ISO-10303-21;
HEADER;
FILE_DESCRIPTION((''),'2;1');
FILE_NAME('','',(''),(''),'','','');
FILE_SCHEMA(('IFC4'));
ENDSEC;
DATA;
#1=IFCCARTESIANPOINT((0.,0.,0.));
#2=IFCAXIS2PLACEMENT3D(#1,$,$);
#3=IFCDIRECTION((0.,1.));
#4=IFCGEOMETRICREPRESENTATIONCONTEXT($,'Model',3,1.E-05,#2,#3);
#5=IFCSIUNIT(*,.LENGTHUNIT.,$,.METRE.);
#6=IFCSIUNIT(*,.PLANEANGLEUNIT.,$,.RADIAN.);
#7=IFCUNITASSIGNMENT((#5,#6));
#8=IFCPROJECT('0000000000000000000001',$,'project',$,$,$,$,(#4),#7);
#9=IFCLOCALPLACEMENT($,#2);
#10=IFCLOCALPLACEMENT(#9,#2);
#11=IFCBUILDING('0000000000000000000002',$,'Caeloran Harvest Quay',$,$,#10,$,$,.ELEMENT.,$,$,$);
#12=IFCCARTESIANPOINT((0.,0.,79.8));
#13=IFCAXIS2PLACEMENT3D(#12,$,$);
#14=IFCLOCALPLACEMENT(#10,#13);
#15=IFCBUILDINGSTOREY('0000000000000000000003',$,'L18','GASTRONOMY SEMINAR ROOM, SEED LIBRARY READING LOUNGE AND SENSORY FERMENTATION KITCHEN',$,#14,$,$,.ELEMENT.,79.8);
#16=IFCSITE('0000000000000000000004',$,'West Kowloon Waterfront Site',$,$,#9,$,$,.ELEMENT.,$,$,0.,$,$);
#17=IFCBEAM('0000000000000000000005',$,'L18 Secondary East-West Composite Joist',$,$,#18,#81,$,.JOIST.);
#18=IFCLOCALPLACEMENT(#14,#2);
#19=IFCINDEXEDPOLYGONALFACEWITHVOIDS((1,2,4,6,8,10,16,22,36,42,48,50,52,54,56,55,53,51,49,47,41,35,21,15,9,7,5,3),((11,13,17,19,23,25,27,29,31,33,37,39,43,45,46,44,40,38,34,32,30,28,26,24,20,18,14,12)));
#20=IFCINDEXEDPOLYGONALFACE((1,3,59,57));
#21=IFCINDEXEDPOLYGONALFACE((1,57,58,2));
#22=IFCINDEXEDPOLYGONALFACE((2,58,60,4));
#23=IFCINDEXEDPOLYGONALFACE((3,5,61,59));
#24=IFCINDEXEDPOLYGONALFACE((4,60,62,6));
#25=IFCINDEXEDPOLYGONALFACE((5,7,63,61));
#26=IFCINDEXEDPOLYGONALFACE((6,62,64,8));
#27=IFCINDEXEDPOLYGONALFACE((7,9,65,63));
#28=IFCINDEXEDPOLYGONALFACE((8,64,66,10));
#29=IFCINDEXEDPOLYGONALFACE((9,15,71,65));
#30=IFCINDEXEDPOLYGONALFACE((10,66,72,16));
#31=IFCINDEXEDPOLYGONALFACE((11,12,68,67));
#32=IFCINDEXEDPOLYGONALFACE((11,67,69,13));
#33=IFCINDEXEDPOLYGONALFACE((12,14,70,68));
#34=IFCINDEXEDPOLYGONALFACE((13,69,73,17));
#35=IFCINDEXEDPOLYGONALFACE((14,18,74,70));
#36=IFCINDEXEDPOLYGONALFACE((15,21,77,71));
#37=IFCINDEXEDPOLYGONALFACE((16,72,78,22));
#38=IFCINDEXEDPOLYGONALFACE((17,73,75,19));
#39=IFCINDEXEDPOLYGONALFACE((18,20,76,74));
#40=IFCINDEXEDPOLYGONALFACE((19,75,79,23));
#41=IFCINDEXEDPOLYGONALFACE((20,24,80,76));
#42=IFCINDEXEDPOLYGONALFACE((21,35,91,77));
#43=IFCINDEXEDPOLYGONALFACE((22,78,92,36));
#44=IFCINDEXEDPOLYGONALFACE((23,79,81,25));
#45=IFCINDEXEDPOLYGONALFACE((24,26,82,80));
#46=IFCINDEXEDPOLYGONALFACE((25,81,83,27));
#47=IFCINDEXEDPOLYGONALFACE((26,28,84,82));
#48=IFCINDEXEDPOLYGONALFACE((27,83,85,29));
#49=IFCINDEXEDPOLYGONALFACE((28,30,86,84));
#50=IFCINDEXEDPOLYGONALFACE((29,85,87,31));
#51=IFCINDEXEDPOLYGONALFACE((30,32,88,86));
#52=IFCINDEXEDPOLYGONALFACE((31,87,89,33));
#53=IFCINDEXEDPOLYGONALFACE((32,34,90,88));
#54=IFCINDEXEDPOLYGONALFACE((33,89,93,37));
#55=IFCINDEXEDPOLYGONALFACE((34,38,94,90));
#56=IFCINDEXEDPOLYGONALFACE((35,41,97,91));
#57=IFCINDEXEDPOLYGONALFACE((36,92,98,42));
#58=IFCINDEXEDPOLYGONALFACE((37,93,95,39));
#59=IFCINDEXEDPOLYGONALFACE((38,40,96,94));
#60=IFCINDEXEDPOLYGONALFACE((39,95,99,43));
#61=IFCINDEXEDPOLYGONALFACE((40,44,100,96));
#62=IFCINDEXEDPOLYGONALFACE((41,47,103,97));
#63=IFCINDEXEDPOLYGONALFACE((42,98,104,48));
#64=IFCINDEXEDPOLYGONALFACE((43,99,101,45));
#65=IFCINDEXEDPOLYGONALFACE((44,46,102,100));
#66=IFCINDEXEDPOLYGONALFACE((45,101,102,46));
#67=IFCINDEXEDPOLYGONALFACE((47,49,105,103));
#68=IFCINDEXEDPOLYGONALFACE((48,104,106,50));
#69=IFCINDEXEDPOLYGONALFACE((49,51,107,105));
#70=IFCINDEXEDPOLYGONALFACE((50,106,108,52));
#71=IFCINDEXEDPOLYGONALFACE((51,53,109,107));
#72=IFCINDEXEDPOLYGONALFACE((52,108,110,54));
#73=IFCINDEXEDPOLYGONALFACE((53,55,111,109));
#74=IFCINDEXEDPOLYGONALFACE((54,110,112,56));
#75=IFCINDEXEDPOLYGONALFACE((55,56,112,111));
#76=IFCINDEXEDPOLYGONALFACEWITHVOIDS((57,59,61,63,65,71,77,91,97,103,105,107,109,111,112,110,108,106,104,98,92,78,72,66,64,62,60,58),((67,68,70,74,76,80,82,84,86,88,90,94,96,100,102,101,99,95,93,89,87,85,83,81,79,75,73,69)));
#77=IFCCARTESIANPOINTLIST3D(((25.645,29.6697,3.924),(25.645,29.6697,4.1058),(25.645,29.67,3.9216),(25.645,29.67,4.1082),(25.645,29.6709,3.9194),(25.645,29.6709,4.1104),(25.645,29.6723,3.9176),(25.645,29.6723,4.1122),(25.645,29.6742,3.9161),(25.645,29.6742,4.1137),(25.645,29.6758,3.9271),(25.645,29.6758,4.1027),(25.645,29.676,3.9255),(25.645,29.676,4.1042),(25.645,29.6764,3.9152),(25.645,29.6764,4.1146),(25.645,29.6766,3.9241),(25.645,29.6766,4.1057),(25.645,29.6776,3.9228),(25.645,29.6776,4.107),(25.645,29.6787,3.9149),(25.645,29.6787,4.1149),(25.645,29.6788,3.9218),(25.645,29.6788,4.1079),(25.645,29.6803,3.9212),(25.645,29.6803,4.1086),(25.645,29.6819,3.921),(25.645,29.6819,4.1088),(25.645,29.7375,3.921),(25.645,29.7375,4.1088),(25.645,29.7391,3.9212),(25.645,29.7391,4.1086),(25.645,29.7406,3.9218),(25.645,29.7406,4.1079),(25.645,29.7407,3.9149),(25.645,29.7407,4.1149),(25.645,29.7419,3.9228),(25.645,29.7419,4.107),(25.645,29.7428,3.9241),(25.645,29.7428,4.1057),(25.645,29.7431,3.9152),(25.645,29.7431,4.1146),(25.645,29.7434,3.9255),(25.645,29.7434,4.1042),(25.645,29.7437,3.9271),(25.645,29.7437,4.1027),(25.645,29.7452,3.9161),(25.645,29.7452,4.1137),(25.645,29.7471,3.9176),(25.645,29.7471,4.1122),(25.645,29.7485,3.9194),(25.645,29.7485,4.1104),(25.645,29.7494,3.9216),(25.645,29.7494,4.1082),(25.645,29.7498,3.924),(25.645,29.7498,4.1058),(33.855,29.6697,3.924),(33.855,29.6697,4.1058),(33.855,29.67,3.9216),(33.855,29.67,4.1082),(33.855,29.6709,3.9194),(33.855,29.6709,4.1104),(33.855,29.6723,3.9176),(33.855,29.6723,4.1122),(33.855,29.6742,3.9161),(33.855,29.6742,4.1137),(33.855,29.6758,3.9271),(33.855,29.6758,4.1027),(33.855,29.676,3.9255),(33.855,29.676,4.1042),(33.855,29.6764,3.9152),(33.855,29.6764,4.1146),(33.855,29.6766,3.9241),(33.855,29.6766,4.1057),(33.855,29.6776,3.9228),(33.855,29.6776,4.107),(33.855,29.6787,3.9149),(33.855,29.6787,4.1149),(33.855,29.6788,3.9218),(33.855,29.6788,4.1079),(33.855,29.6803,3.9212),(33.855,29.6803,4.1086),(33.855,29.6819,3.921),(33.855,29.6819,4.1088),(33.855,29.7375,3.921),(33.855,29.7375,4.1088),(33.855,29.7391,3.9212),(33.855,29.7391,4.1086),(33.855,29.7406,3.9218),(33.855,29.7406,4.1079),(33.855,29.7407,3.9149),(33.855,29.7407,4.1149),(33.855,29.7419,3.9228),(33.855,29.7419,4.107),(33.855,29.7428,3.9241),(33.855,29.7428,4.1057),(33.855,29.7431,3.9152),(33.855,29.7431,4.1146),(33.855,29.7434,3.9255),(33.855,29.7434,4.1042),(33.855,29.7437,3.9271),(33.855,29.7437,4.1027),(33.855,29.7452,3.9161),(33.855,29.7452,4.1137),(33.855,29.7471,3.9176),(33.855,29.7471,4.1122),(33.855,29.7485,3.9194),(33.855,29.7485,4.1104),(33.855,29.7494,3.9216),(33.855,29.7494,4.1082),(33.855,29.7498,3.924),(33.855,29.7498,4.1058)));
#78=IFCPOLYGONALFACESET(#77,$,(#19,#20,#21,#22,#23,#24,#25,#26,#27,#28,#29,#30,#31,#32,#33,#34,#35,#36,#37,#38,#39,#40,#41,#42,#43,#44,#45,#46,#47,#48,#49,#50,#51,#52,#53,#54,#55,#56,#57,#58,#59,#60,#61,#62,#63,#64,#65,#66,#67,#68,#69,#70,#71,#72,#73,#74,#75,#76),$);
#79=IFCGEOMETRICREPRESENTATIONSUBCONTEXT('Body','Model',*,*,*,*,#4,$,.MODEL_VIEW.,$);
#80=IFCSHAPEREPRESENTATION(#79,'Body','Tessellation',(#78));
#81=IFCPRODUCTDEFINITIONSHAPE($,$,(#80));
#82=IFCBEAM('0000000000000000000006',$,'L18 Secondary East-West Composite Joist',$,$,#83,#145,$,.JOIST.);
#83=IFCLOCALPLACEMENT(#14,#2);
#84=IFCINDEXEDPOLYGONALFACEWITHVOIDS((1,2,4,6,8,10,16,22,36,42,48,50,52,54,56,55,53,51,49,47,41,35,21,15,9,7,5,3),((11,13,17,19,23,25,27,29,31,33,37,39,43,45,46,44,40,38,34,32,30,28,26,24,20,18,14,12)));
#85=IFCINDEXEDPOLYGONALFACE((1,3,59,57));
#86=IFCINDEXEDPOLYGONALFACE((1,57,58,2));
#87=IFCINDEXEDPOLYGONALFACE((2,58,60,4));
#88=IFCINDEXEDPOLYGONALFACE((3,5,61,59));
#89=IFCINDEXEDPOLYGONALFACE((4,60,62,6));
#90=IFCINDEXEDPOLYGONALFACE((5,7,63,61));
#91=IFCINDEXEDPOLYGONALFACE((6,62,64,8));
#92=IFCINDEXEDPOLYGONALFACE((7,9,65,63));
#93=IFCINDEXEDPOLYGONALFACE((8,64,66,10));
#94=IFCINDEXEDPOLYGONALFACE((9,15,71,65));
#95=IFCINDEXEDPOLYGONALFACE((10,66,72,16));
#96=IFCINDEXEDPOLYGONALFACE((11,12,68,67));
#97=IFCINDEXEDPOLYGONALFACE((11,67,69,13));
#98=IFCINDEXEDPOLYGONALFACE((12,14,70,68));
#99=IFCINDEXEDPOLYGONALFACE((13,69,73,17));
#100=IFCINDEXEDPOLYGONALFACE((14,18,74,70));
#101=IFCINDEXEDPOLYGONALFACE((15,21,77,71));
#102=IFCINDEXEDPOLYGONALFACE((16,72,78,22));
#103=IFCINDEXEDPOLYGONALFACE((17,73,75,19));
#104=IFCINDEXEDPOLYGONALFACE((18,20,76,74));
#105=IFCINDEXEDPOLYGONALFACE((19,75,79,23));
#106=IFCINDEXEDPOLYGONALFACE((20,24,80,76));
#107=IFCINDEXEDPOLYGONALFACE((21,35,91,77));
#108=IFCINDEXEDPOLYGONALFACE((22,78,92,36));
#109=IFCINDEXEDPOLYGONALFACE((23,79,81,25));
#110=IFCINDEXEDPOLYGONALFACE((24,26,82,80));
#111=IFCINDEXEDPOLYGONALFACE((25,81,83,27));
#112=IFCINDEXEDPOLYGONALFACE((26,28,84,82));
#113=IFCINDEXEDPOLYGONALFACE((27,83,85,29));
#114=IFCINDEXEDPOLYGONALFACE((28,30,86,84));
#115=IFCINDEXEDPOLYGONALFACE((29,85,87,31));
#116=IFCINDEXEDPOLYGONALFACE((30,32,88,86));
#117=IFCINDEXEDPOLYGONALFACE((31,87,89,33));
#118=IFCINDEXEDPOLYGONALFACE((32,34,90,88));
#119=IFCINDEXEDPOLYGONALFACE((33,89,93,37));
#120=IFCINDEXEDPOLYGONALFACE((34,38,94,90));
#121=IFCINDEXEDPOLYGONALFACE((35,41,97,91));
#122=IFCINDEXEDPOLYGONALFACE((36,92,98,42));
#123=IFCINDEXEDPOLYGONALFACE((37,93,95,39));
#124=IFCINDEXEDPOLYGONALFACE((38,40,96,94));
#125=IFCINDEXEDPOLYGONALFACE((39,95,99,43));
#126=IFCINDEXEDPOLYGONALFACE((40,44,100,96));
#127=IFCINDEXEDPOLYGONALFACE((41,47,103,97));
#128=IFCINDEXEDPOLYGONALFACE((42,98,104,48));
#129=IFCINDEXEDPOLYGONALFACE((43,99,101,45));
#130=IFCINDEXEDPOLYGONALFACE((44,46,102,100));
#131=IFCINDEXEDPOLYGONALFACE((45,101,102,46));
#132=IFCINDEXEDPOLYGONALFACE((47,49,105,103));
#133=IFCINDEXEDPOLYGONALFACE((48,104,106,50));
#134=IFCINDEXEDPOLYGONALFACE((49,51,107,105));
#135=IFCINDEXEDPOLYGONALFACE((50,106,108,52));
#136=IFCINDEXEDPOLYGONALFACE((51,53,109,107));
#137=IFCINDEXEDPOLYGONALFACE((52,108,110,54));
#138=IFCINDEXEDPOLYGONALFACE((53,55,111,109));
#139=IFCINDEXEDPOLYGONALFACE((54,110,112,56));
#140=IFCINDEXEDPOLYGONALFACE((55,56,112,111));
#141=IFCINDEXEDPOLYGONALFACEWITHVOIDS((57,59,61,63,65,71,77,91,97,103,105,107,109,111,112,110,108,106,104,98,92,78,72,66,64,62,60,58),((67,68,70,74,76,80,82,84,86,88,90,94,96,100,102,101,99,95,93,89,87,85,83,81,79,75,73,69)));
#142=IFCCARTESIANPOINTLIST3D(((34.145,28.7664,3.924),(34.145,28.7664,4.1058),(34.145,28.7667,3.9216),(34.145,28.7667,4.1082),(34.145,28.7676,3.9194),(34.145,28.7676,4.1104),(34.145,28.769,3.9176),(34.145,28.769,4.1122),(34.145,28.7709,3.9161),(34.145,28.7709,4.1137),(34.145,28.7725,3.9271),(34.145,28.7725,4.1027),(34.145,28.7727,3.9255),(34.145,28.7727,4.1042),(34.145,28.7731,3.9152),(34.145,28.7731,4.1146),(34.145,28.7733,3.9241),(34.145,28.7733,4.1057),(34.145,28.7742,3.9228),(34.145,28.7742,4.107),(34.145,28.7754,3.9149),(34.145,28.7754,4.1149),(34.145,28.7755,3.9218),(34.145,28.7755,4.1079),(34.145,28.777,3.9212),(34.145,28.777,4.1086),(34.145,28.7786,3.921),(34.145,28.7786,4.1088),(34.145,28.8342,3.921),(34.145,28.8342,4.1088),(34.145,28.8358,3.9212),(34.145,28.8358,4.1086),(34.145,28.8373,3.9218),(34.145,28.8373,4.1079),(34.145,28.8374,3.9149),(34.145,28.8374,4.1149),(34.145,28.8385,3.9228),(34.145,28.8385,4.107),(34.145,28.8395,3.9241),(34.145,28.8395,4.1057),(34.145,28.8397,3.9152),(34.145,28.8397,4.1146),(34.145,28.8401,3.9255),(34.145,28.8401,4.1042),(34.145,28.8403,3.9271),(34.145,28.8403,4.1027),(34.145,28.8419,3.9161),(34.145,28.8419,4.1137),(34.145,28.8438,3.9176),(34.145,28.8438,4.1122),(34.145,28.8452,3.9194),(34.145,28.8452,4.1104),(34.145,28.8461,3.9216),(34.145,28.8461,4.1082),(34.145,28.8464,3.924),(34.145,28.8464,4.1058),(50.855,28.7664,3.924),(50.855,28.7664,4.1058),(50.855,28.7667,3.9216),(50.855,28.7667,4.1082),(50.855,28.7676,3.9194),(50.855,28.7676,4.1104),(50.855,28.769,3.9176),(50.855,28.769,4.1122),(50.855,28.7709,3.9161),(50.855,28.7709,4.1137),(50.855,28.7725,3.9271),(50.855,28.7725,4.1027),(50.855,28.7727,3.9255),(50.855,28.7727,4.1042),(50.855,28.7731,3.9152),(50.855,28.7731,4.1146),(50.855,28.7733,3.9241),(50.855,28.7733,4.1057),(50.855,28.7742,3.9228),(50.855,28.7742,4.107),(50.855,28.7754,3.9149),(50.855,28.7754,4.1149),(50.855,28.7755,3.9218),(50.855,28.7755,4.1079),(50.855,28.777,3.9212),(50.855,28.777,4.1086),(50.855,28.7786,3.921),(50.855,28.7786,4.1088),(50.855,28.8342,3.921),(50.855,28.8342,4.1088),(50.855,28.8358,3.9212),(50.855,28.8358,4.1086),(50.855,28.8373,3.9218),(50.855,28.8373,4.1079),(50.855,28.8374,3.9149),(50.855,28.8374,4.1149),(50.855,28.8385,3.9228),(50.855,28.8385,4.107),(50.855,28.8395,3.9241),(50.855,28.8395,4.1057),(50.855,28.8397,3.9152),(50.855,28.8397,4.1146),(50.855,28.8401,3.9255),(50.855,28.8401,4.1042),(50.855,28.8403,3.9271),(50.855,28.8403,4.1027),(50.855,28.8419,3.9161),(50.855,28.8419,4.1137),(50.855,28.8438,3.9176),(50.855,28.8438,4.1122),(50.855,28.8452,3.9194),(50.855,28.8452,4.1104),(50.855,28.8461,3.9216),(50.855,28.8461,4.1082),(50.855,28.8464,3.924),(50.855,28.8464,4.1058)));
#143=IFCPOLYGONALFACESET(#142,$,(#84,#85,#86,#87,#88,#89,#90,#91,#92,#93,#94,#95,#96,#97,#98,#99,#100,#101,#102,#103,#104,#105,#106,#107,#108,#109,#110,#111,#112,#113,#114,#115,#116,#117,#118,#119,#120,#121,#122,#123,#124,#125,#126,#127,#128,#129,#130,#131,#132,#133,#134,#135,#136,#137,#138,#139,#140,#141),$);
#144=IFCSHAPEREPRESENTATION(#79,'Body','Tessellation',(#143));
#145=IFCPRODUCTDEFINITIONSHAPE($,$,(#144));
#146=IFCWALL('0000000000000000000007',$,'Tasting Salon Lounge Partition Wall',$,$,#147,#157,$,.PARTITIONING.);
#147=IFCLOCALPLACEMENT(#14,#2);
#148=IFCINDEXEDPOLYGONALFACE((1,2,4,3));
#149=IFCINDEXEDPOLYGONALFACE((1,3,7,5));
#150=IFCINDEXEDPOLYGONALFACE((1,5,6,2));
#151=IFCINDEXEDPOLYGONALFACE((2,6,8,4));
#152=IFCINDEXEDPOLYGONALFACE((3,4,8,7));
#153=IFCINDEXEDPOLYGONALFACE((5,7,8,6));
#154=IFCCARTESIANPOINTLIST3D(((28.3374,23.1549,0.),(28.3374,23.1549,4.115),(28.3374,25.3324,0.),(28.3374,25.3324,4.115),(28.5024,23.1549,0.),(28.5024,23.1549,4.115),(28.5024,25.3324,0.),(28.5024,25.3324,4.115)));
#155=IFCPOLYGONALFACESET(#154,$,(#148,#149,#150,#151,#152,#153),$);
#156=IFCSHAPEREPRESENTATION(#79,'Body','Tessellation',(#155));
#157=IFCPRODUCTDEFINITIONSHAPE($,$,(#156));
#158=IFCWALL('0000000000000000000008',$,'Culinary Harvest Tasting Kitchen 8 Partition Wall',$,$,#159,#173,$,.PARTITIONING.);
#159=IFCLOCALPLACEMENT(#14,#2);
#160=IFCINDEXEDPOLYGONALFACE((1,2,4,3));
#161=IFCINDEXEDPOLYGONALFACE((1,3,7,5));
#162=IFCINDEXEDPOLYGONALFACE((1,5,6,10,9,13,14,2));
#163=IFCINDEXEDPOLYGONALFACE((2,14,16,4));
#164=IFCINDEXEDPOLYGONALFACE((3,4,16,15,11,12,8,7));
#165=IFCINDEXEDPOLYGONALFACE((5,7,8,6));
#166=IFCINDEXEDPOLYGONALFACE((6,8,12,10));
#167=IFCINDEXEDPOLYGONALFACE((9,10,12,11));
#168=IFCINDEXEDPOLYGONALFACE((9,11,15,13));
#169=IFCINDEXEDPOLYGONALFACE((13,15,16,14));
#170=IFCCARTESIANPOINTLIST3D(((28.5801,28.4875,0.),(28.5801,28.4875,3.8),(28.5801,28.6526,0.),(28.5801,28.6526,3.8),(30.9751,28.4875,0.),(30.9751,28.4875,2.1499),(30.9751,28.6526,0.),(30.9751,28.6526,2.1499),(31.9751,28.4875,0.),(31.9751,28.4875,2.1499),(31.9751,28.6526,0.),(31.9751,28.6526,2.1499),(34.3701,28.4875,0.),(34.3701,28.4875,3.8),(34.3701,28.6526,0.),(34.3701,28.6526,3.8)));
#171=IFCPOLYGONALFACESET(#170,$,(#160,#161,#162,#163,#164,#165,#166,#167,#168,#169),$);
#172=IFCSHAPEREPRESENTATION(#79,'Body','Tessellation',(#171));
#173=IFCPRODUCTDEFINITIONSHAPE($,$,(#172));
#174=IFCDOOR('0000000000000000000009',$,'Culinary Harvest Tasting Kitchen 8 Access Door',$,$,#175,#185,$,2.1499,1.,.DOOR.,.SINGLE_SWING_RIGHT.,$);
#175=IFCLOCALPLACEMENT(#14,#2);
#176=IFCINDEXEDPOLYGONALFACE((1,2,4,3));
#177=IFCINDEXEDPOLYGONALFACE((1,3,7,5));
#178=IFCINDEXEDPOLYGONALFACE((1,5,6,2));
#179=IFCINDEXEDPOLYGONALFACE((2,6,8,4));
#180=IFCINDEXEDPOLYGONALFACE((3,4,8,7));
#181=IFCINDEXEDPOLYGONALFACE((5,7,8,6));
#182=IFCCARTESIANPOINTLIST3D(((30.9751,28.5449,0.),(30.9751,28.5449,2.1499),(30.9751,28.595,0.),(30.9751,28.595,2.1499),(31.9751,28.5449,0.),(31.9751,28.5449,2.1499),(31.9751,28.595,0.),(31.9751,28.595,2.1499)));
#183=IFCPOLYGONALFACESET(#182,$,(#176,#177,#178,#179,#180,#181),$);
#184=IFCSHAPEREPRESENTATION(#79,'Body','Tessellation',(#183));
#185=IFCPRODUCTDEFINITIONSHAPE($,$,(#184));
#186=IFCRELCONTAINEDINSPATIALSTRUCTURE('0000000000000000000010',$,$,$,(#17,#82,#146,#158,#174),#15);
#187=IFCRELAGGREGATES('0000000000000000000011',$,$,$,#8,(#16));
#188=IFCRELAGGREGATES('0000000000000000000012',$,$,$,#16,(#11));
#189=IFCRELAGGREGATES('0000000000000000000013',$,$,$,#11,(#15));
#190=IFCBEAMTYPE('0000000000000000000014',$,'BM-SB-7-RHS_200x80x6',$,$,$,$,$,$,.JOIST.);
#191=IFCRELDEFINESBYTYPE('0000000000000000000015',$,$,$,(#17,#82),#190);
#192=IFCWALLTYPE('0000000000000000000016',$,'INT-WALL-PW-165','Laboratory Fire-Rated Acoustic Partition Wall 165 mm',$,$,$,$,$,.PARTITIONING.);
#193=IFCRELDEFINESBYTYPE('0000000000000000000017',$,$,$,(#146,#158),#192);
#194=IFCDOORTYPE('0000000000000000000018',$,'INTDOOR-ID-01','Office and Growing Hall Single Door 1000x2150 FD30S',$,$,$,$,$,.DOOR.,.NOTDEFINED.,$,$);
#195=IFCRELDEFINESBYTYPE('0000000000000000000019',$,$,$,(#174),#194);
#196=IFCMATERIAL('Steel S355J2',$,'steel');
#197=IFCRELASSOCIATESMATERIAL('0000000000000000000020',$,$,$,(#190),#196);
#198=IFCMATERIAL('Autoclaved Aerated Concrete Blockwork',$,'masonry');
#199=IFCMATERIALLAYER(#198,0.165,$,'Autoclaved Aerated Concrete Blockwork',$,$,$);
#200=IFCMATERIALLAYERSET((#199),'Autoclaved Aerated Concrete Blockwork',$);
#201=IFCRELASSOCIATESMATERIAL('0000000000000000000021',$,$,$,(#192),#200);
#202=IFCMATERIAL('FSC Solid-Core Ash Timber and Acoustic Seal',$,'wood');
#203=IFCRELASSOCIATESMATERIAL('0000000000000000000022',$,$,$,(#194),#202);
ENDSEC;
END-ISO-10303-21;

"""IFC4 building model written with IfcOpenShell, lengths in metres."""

from ifc_helpers import new_model, si_unit, direction, frame, frame_2d, origin, origin_2d, place, context, subcontext, project, spatial, rectangle, hollow_rectangle, extrude, material, layer, layer_set, material_profile, profile_set, type_object, element, fill, save


model = new_model("IFC4")

# Units and contexts
model_context = context("Model", 3, precision=1e-05, world=origin(), true_north=direction((0.0, 1.0)))
body_context = subcontext(model_context, "Body", "Model", "MODEL_VIEW")
ifc_project = project(units=[si_unit("LENGTHUNIT", "METRE"), si_unit("PLANEANGLEUNIT", "RADIAN")], contexts=[model_context])

# Site, building, storey
site_placement = place(None, origin())
site = spatial("IfcSite", under=ifc_project, at=site_placement, Name="West Kowloon Waterfront Site", CompositionType="ELEMENT", RefElevation=0.0)
building_placement = place(site_placement, origin())
building = spatial("IfcBuilding", under=site, at=building_placement, Name="Caeloran Harvest Quay", CompositionType="ELEMENT")
storey_placement = place(building_placement, frame((0.0, 0.0, 79.8)))
storey = spatial("IfcBuildingStorey", under=building, at=storey_placement, Name="L18", Description="GASTRONOMY SEMINAR ROOM, SEED LIBRARY READING LOUNGE AND SENSORY FERMENTATION KITCHEN", CompositionType="ELEMENT", Elevation=79.8)

# Beams
ifc_material_1 = material(Name="Steel S355J2", Category="steel")
ifc_material_profile_1 = material_profile(ifc_material_1, hollow_rectangle(XDim=0.0801, YDim=0.2, WallThickness=0.0061, InnerFilletRadius=0.0061, OuterFilletRadius=0.009, at=origin_2d()), Name="RHS 200x80x6")
ifc_profile_set_1 = profile_set([ifc_material_profile_1], Name="Steel S355J2")
beam_type_1 = type_object("IfcBeamType", Name="BM-SB-7-RHS_200x80x6", PredefinedType="JOIST", material=ifc_profile_set_1)
for number, where, z_axis, x_axis, name in (
    (1, (25.645, 29.7097, 4.0149), (1.0, 0.0, 0.0), (0.0, 1.0, 0.0), "L18 Secondary East-West Composite Joist"),
):
    element("IfcBeam", number, at=place(storey_placement, frame(where, z_axis=z_axis, x_axis=x_axis)), inside=storey, type_object=beam_type_1, Name=name, PredefinedType="JOIST", context=body_context, shape_type="SweptSolid", body=[
        extrude(hollow_rectangle(XDim=0.0801, YDim=0.2, WallThickness=0.0061, InnerFilletRadius=0.0061, OuterFilletRadius=0.009, at=origin_2d()), origin(), (0.0, 0.0, 1.0), 8.21),
    ])
beam_1_placement = place(storey_placement, frame((34.145, 28.8064, 4.0149), z_axis=(1.0, 0.0, 0.0), x_axis=(0.0, 1.0, 0.0)))
element("IfcBeam", 2, at=beam_1_placement, inside=storey, type_object=beam_type_1, Name="L18 Secondary East-West Composite Joist", PredefinedType="JOIST", context=body_context, shape_type="SweptSolid", body=[
    extrude(hollow_rectangle(XDim=0.0801, YDim=0.2, WallThickness=0.0061, InnerFilletRadius=0.0061, OuterFilletRadius=0.009, at=origin_2d()), origin(), (0.0, 0.0, 1.0), 16.71),
])

# Wall
ifc_material_2 = material(Name="Autoclaved Aerated Concrete Blockwork", Category="masonry")
ifc_layer_1 = layer(ifc_material_2, 0.165, Name="Autoclaved Aerated Concrete Blockwork")
ifc_layer_set_1 = layer_set([ifc_layer_1], Name="Autoclaved Aerated Concrete Blockwork")
wall_type_1 = type_object("IfcWallType", Name="INT-WALL-PW-165", Description="Laboratory Fire-Rated Acoustic Partition Wall 165 mm", PredefinedType="PARTITIONING", material=ifc_layer_set_1)
wall_1_placement = place(storey_placement, frame((28.4199, 25.3325, 0.0), z_axis=(0.0, 0.0, 1.0), x_axis=(0.0, -1.0, 0.0)))
element("IfcWall", 3, at=wall_1_placement, inside=storey, type_object=wall_type_1, Name="Tasting Salon Lounge Partition Wall", PredefinedType="PARTITIONING", context=body_context, shape_type="SweptSolid", body=[
    extrude(rectangle(XDim=2.1775, YDim=0.165, at=frame_2d((1.0889, 0.0))), origin(), (0.0, 0.0, 1.0), 4.115),
])

# Wall, opening, door
wall_2_placement = place(storey_placement, frame((28.5801, 28.5701, 0.0), z_axis=(0.0, 0.0, 1.0), x_axis=(1.0, 0.0, 0.0)))
wall_2 = element("IfcWall", 4, at=wall_2_placement, inside=storey, type_object=wall_type_1, Name="Culinary Harvest Tasting Kitchen 8 Partition Wall", PredefinedType="PARTITIONING", context=body_context, shape_type="SweptSolid", body=[
    extrude(rectangle(XDim=5.79, YDim=0.165, at=frame_2d((2.895, 0.0))), origin(), (0.0, 0.0, 1.0), 3.8),
])
opening_placement = place(wall_2_placement, frame((2.395, 0.0, 0.0)))
opening = element("IfcOpeningElement", 5, at=opening_placement, cuts=wall_2, PredefinedType="OPENING", context=body_context, shape_type="SweptSolid", body=[
    extrude(rectangle(XDim=1.0, YDim=2.1499, at=frame_2d((0.5, 1.075))), frame((0.0, 0.0925, 0.0), z_axis=(0.0, -1.0, 0.0), x_axis=(1.0, 0.0, 0.0)), (0.0, 0.0, 1.0), 0.1851),
])
ifc_material_3 = material(Name="FSC Solid-Core Ash Timber and Acoustic Seal", Category="wood")
door_type = type_object("IfcDoorType", Name="INTDOOR-ID-01", Description="Office and Growing Hall Single Door 1000x2150 FD30S", OperationType="NOTDEFINED", PredefinedType="DOOR", material=ifc_material_3)
door_placement = place(opening_placement, origin())
door = element("IfcDoor", 6, at=door_placement, inside=storey, type_object=door_type, Name="Culinary Harvest Tasting Kitchen 8 Access Door", OperationType="SINGLE_SWING_RIGHT", OverallHeight=2.1499, OverallWidth=1.0, PredefinedType="DOOR", context=body_context, shape_type="SweptSolid", body=[
    extrude(rectangle(XDim=1.0, YDim=2.1499, at=frame_2d((0.5, 1.075))), frame((0.0, 0.0249, 0.0), z_axis=(0.0, -1.0, 0.0), x_axis=(1.0, 0.0, 0.0)), (0.0, 0.0, 1.0), 0.05),
])
fill(opening, door)

save(model, "model.ifc")
